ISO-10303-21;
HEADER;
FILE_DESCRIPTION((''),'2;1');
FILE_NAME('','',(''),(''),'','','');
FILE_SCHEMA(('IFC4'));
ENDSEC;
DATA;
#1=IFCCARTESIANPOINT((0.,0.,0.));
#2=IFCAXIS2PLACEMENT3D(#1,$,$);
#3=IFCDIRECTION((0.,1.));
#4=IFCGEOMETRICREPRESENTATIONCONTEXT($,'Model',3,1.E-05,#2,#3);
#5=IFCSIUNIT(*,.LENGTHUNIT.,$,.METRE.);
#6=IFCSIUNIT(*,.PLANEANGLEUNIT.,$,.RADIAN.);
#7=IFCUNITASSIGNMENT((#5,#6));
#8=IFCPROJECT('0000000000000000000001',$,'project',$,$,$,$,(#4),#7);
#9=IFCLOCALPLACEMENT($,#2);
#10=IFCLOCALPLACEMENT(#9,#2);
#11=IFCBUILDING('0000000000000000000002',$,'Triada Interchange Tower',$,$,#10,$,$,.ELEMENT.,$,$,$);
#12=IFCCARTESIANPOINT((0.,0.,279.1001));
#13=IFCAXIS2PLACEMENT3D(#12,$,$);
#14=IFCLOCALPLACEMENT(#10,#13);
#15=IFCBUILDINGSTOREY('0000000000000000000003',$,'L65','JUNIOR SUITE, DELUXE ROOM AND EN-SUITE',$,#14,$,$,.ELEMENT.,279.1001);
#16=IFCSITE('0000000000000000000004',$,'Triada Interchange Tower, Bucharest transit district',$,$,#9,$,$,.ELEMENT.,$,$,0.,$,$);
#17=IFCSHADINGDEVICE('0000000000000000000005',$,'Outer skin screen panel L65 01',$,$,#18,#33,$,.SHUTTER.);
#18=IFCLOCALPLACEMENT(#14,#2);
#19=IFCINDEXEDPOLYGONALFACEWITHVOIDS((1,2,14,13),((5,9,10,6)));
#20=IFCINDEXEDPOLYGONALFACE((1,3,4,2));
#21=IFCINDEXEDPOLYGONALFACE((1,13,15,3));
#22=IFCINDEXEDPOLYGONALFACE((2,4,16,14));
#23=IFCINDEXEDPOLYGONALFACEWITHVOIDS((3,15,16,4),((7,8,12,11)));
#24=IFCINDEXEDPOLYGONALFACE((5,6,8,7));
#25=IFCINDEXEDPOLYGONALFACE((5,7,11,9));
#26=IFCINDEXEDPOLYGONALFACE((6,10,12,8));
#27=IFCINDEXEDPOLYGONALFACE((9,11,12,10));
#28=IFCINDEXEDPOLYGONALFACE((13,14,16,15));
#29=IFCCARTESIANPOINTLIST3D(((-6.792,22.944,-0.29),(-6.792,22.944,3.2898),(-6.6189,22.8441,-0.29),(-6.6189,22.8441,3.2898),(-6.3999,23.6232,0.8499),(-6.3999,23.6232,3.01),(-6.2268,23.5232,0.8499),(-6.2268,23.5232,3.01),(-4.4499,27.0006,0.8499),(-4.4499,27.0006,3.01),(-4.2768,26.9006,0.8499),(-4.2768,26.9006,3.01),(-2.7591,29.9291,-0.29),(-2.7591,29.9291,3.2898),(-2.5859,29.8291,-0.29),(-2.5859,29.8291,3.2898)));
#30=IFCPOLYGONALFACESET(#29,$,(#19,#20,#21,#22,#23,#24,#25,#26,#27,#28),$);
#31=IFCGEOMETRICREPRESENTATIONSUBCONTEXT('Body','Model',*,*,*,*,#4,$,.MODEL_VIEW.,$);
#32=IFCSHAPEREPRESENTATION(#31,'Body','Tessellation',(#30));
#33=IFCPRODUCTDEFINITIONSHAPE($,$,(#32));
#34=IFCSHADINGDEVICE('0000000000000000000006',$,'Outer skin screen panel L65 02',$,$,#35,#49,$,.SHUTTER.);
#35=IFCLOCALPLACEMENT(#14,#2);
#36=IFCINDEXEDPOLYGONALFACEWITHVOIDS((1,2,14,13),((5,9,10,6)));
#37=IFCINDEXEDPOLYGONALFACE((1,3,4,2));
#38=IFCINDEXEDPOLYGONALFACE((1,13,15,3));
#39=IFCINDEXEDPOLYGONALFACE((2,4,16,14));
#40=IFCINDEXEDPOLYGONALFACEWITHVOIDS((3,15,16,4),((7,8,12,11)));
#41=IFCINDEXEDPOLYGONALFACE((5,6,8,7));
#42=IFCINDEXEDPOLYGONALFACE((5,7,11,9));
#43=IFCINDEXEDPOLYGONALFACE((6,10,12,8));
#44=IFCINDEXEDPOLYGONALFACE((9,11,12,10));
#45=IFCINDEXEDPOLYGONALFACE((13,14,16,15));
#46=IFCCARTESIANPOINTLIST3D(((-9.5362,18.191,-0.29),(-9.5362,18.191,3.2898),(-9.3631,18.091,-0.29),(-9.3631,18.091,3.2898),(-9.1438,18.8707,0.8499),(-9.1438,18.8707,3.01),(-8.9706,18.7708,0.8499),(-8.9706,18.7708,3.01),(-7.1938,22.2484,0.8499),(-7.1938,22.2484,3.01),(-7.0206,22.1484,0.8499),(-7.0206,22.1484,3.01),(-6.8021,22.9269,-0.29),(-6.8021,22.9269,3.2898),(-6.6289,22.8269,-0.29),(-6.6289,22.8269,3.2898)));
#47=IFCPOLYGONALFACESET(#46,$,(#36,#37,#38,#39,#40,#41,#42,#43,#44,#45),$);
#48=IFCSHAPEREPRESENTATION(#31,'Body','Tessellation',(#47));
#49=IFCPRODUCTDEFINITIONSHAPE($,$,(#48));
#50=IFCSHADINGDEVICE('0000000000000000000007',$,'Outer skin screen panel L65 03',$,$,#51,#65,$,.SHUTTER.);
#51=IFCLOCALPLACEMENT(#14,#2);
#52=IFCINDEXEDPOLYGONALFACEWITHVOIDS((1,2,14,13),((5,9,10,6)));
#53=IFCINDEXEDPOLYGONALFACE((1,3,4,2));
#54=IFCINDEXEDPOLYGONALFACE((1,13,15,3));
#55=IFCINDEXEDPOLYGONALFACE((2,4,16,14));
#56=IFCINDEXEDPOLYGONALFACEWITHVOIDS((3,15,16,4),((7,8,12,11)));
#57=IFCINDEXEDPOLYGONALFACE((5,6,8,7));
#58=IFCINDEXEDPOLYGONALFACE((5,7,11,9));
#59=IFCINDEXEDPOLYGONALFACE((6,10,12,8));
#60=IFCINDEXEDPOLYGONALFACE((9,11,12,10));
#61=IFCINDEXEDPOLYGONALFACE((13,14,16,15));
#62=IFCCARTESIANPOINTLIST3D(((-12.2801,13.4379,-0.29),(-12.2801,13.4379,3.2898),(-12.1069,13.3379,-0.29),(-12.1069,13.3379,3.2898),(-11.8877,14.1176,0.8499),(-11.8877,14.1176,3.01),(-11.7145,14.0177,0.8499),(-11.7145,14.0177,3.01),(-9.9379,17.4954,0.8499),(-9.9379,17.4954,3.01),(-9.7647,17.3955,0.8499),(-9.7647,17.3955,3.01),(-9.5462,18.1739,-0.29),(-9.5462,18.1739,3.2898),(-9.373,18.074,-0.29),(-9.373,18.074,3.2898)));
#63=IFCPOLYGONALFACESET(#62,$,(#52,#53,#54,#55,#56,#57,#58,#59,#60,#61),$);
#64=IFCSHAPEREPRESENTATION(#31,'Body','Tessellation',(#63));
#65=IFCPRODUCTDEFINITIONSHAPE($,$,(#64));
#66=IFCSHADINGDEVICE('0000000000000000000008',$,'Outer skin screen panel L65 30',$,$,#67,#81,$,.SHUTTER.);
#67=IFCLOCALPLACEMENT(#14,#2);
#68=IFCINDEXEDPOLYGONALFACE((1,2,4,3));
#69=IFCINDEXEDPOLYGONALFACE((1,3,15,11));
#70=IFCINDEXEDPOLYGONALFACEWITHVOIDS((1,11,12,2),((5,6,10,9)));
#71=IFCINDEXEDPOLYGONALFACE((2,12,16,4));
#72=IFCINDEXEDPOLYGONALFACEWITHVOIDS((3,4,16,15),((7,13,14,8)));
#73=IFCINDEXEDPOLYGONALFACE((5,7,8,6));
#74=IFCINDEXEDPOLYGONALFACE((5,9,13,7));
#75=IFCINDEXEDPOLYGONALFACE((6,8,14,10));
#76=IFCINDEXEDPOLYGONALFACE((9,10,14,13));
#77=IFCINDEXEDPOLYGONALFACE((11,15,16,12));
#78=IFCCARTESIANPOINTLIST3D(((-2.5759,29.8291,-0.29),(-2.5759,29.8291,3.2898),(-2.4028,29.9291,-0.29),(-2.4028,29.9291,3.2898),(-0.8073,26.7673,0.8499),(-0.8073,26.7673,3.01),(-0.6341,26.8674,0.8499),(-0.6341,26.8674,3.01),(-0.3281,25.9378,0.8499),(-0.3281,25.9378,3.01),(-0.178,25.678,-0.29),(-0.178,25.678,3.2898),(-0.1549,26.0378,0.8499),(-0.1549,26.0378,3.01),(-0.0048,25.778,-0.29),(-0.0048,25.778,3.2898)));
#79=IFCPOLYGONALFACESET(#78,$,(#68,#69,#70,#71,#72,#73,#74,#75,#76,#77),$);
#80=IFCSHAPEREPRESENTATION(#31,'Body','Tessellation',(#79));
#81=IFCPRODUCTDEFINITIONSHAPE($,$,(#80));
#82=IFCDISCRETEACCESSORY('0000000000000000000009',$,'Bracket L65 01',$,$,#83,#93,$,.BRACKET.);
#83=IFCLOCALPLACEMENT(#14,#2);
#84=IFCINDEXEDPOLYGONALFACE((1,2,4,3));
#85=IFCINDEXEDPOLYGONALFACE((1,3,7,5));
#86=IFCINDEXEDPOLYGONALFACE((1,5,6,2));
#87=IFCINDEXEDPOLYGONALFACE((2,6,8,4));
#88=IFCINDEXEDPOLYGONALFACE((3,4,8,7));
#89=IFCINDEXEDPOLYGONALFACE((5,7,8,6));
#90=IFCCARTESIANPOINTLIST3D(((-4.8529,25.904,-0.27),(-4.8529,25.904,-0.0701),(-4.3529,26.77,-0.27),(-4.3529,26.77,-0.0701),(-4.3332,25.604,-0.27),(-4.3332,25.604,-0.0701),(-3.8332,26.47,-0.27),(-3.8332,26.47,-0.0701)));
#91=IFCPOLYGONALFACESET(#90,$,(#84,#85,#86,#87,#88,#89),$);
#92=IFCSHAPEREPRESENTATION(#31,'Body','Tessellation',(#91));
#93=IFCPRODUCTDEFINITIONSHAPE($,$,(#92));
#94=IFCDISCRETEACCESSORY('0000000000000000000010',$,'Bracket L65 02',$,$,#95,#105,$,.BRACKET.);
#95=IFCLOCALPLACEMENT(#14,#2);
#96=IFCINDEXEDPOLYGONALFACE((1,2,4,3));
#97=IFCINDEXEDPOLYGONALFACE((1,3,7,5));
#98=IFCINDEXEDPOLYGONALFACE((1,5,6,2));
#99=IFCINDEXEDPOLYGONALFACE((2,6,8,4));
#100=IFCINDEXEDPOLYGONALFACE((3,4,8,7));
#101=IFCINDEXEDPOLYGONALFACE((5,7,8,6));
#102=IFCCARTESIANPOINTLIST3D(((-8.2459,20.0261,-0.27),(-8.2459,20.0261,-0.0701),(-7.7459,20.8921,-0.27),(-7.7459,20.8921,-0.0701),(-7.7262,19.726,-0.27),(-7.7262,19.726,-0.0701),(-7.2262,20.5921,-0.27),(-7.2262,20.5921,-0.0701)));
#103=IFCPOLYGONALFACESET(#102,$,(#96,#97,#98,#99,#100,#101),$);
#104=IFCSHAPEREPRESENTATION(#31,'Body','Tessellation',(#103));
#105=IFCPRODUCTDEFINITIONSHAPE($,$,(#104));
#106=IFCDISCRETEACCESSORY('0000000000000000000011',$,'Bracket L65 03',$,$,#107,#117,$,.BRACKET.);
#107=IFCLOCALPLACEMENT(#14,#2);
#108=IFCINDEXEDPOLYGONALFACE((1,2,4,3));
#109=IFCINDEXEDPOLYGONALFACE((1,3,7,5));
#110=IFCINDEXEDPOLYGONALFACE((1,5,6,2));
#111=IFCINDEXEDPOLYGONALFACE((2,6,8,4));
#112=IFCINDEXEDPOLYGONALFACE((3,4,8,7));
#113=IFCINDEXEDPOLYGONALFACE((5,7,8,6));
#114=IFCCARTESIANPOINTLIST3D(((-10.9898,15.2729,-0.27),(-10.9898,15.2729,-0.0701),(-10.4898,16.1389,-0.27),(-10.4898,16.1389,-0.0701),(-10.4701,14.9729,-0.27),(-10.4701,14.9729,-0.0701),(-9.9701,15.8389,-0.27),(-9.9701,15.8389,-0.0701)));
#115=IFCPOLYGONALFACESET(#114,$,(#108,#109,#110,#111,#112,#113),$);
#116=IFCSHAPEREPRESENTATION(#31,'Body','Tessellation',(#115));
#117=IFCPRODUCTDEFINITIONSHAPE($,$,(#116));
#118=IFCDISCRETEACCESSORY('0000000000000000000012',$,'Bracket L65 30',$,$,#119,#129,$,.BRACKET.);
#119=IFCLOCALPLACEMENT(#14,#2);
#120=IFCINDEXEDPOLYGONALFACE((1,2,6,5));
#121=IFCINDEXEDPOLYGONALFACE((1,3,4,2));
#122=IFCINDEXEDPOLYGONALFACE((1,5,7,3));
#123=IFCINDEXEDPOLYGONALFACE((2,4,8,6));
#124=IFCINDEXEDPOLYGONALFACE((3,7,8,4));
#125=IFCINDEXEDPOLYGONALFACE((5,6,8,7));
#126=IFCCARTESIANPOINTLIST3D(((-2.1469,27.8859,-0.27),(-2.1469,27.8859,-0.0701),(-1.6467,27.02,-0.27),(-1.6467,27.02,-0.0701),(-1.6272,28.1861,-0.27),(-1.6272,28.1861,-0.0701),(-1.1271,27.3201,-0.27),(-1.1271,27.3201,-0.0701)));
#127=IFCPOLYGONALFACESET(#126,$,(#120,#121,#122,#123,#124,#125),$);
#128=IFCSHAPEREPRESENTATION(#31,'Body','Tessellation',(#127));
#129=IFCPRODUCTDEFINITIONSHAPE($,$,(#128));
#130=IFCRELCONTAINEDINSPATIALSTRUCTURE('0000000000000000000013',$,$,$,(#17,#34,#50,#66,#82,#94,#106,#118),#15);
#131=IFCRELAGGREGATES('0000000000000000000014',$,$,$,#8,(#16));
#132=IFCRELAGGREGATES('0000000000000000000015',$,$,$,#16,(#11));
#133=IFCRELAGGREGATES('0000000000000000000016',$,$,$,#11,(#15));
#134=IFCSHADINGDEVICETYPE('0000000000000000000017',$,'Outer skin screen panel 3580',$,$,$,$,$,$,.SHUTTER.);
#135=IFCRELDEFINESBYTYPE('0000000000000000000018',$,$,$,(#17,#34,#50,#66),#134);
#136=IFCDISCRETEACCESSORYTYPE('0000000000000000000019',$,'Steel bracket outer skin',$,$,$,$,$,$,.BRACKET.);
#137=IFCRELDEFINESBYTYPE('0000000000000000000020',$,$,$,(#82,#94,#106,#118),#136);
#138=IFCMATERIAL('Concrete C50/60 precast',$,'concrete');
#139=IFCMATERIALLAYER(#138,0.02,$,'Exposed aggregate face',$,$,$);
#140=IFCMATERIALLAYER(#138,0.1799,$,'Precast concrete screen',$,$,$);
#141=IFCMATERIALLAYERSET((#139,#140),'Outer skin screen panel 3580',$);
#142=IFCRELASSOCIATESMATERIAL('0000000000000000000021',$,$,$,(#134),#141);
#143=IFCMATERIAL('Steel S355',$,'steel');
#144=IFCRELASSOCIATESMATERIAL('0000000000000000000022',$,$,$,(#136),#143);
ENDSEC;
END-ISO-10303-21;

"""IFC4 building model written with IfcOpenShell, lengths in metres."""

from ifc_helpers import new_model, si_unit, direction, frame, origin, origin_2d, place, context, subcontext, project, spatial, polyline, rectangle, outline, extrude, material, layer, layer_set, type_object, element, save


model = new_model("IFC4")

# Units and contexts
model_context = context("Model", 3, precision=1e-05, world=origin(), true_north=direction((0.0, 1.0)))
body_context = subcontext(model_context, "Body", "Model", "MODEL_VIEW")
ifc_project = project(units=[si_unit("LENGTHUNIT", "METRE"), si_unit("PLANEANGLEUNIT", "RADIAN")], contexts=[model_context])

# Site, building, storey
site_placement = place(None, origin())
site = spatial("IfcSite", under=ifc_project, at=site_placement, Name="Triada Interchange Tower, Bucharest transit district", CompositionType="ELEMENT", RefElevation=0.0)
building_placement = place(site_placement, origin())
building = spatial("IfcBuilding", under=site, at=building_placement, Name="Triada Interchange Tower", CompositionType="ELEMENT")
storey_placement = place(building_placement, frame((0.0, 0.0, 279.1001)))
storey = spatial("IfcBuildingStorey", under=building, at=storey_placement, Name="L65", Description="JUNIOR SUITE, DELUXE ROOM AND EN-SUITE", CompositionType="ELEMENT", Elevation=279.1001)

# Shading devices
ifc_material_1 = material(Name="Concrete C50/60 precast", Category="concrete")
ifc_layer_1 = layer(ifc_material_1, 0.02, Name="Exposed aggregate face")
ifc_layer_2 = layer(ifc_material_1, 0.1799, Name="Precast concrete screen")
ifc_layer_set_1 = layer_set([ifc_layer_1, ifc_layer_2], Name="Outer skin screen panel 3580")
shading_device_type = type_object("IfcShadingDeviceType", Name="Outer skin screen panel 3580", PredefinedType="SHUTTER", material=ifc_layer_set_1)
shading_device_1_placement = place(storey_placement, frame((-2.5859, 29.8291, -0.29), z_axis=(0.0, 0.0, 1.0), x_axis=(-0.50001, -0.86602, 0.0)))
element("IfcShadingDevice", 1, at=shading_device_1_placement, inside=storey, type_object=shading_device_type, Name="Outer skin screen panel L65 01", PredefinedType="SHUTTER", context=body_context, shape_type="SweptSolid", body=[
    extrude(outline(polyline([(0.0, 0.0), (8.0657, 0.0), (8.0657, 3.5798), (0.0, 3.5798), (0.0, 0.0)]), holes=[polyline([(3.3816, 1.1399), (3.3816, 3.3), (7.2815, 3.3), (7.2815, 1.1399), (3.3816, 1.1399)])]), frame((0.0, 0.0, 0.0), z_axis=(0.0, -1.0, 0.0), x_axis=(1.0, 0.0, 0.0)), (0.0, 0.0, 1.0), 0.2),
])
for number, where, z_axis, x_axis, name in (
    (2, (-6.6289, 22.8269, -0.29), (0.0, 0.0, 1.0), (-0.499985, -0.866034, 0.0), "Outer skin screen panel L65 02"),
    (3, (-9.373, 18.074, -0.29), (0.0, 0.0, 1.0), (-0.499932, -0.866064, 0.0), "Outer skin screen panel L65 03"),
):
    element("IfcShadingDevice", number, at=place(storey_placement, frame(where, z_axis=z_axis, x_axis=x_axis)), inside=storey, type_object=shading_device_type, Name=name, PredefinedType="SHUTTER", context=body_context, shape_type="SweptSolid", body=[
        extrude(outline(polyline([(0.0, 0.0), (5.4685, 0.0), (5.4685, 3.5798), (0.0, 3.5798), (0.0, 0.0)]), holes=[polyline([(0.7834, 1.1399), (0.7834, 3.3), (4.6836, 3.3), (4.6836, 1.1399), (0.7834, 1.1399)])]), frame((0.0, 0.0, 0.0), z_axis=(0.0, -1.0, 0.0), x_axis=(1.0, 0.0, 0.0)), (0.0, 0.0, 1.0), 0.2),
    ])
shading_device_2_placement = place(storey_placement, frame((-0.178, 25.678, -0.29), z_axis=(0.0, 0.0, 1.0), x_axis=(-0.500203, 0.865908, 0.0)))
element("IfcShadingDevice", 4, at=shading_device_2_placement, inside=storey, type_object=shading_device_type, Name="Outer skin screen panel L65 30", PredefinedType="SHUTTER", context=body_context, shape_type="SweptSolid", body=[
    extrude(outline(polyline([(0.0, 0.0), (4.7939, 0.0), (4.7939, 3.5798), (0.0, 3.5798), (0.0, 0.0)]), holes=[polyline([(0.3, 1.1399), (0.3, 3.3), (1.2581, 3.3), (1.2581, 1.1399), (0.3, 1.1399)])]), frame((0.0, 0.0, 0.0), z_axis=(0.0, -1.0, 0.0), x_axis=(1.0, 0.0, 0.0)), (0.0, 0.0, 1.0), 0.2),
])

# Discrete accessories
ifc_material_2 = material(Name="Steel S355", Category="steel")
discrete_accessory_type = type_object("IfcDiscreteAccessoryType", Name="Steel bracket outer skin", PredefinedType="BRACKET", material=ifc_material_2)
for number, where, z_axis, x_axis, name in (
    (5, (-4.343, 26.187, -0.27), (0.0, 0.0, 1.0), (-0.866024, 0.500002, 0.0), "Bracket L65 01"),
    (6, (-7.7361, 20.3091, -0.27), (0.0, 0.0, 1.0), (-0.866024, 0.500002, 0.0), "Bracket L65 02"),
    (7, (-10.48, 15.5559, -0.27), (0.0, 0.0, 1.0), (-0.866024, 0.500002, 0.0), "Bracket L65 03"),
    (8, (-1.637, 27.603, -0.27), (0.0, 0.0, 1.0), (0.865956, 0.500119, 0.0), "Bracket L65 30"),
):
    element("IfcDiscreteAccessory", number, at=place(storey_placement, frame(where, z_axis=z_axis, x_axis=x_axis)), inside=storey, type_object=discrete_accessory_type, Name=name, PredefinedType="BRACKET", context=body_context, shape_type="SweptSolid", body=[
        extrude(rectangle(XDim=0.6001, YDim=1.0, at=origin_2d()), origin(), (0.0, 0.0, 1.0), 0.2),
    ])

save(model, "model.ifc")
